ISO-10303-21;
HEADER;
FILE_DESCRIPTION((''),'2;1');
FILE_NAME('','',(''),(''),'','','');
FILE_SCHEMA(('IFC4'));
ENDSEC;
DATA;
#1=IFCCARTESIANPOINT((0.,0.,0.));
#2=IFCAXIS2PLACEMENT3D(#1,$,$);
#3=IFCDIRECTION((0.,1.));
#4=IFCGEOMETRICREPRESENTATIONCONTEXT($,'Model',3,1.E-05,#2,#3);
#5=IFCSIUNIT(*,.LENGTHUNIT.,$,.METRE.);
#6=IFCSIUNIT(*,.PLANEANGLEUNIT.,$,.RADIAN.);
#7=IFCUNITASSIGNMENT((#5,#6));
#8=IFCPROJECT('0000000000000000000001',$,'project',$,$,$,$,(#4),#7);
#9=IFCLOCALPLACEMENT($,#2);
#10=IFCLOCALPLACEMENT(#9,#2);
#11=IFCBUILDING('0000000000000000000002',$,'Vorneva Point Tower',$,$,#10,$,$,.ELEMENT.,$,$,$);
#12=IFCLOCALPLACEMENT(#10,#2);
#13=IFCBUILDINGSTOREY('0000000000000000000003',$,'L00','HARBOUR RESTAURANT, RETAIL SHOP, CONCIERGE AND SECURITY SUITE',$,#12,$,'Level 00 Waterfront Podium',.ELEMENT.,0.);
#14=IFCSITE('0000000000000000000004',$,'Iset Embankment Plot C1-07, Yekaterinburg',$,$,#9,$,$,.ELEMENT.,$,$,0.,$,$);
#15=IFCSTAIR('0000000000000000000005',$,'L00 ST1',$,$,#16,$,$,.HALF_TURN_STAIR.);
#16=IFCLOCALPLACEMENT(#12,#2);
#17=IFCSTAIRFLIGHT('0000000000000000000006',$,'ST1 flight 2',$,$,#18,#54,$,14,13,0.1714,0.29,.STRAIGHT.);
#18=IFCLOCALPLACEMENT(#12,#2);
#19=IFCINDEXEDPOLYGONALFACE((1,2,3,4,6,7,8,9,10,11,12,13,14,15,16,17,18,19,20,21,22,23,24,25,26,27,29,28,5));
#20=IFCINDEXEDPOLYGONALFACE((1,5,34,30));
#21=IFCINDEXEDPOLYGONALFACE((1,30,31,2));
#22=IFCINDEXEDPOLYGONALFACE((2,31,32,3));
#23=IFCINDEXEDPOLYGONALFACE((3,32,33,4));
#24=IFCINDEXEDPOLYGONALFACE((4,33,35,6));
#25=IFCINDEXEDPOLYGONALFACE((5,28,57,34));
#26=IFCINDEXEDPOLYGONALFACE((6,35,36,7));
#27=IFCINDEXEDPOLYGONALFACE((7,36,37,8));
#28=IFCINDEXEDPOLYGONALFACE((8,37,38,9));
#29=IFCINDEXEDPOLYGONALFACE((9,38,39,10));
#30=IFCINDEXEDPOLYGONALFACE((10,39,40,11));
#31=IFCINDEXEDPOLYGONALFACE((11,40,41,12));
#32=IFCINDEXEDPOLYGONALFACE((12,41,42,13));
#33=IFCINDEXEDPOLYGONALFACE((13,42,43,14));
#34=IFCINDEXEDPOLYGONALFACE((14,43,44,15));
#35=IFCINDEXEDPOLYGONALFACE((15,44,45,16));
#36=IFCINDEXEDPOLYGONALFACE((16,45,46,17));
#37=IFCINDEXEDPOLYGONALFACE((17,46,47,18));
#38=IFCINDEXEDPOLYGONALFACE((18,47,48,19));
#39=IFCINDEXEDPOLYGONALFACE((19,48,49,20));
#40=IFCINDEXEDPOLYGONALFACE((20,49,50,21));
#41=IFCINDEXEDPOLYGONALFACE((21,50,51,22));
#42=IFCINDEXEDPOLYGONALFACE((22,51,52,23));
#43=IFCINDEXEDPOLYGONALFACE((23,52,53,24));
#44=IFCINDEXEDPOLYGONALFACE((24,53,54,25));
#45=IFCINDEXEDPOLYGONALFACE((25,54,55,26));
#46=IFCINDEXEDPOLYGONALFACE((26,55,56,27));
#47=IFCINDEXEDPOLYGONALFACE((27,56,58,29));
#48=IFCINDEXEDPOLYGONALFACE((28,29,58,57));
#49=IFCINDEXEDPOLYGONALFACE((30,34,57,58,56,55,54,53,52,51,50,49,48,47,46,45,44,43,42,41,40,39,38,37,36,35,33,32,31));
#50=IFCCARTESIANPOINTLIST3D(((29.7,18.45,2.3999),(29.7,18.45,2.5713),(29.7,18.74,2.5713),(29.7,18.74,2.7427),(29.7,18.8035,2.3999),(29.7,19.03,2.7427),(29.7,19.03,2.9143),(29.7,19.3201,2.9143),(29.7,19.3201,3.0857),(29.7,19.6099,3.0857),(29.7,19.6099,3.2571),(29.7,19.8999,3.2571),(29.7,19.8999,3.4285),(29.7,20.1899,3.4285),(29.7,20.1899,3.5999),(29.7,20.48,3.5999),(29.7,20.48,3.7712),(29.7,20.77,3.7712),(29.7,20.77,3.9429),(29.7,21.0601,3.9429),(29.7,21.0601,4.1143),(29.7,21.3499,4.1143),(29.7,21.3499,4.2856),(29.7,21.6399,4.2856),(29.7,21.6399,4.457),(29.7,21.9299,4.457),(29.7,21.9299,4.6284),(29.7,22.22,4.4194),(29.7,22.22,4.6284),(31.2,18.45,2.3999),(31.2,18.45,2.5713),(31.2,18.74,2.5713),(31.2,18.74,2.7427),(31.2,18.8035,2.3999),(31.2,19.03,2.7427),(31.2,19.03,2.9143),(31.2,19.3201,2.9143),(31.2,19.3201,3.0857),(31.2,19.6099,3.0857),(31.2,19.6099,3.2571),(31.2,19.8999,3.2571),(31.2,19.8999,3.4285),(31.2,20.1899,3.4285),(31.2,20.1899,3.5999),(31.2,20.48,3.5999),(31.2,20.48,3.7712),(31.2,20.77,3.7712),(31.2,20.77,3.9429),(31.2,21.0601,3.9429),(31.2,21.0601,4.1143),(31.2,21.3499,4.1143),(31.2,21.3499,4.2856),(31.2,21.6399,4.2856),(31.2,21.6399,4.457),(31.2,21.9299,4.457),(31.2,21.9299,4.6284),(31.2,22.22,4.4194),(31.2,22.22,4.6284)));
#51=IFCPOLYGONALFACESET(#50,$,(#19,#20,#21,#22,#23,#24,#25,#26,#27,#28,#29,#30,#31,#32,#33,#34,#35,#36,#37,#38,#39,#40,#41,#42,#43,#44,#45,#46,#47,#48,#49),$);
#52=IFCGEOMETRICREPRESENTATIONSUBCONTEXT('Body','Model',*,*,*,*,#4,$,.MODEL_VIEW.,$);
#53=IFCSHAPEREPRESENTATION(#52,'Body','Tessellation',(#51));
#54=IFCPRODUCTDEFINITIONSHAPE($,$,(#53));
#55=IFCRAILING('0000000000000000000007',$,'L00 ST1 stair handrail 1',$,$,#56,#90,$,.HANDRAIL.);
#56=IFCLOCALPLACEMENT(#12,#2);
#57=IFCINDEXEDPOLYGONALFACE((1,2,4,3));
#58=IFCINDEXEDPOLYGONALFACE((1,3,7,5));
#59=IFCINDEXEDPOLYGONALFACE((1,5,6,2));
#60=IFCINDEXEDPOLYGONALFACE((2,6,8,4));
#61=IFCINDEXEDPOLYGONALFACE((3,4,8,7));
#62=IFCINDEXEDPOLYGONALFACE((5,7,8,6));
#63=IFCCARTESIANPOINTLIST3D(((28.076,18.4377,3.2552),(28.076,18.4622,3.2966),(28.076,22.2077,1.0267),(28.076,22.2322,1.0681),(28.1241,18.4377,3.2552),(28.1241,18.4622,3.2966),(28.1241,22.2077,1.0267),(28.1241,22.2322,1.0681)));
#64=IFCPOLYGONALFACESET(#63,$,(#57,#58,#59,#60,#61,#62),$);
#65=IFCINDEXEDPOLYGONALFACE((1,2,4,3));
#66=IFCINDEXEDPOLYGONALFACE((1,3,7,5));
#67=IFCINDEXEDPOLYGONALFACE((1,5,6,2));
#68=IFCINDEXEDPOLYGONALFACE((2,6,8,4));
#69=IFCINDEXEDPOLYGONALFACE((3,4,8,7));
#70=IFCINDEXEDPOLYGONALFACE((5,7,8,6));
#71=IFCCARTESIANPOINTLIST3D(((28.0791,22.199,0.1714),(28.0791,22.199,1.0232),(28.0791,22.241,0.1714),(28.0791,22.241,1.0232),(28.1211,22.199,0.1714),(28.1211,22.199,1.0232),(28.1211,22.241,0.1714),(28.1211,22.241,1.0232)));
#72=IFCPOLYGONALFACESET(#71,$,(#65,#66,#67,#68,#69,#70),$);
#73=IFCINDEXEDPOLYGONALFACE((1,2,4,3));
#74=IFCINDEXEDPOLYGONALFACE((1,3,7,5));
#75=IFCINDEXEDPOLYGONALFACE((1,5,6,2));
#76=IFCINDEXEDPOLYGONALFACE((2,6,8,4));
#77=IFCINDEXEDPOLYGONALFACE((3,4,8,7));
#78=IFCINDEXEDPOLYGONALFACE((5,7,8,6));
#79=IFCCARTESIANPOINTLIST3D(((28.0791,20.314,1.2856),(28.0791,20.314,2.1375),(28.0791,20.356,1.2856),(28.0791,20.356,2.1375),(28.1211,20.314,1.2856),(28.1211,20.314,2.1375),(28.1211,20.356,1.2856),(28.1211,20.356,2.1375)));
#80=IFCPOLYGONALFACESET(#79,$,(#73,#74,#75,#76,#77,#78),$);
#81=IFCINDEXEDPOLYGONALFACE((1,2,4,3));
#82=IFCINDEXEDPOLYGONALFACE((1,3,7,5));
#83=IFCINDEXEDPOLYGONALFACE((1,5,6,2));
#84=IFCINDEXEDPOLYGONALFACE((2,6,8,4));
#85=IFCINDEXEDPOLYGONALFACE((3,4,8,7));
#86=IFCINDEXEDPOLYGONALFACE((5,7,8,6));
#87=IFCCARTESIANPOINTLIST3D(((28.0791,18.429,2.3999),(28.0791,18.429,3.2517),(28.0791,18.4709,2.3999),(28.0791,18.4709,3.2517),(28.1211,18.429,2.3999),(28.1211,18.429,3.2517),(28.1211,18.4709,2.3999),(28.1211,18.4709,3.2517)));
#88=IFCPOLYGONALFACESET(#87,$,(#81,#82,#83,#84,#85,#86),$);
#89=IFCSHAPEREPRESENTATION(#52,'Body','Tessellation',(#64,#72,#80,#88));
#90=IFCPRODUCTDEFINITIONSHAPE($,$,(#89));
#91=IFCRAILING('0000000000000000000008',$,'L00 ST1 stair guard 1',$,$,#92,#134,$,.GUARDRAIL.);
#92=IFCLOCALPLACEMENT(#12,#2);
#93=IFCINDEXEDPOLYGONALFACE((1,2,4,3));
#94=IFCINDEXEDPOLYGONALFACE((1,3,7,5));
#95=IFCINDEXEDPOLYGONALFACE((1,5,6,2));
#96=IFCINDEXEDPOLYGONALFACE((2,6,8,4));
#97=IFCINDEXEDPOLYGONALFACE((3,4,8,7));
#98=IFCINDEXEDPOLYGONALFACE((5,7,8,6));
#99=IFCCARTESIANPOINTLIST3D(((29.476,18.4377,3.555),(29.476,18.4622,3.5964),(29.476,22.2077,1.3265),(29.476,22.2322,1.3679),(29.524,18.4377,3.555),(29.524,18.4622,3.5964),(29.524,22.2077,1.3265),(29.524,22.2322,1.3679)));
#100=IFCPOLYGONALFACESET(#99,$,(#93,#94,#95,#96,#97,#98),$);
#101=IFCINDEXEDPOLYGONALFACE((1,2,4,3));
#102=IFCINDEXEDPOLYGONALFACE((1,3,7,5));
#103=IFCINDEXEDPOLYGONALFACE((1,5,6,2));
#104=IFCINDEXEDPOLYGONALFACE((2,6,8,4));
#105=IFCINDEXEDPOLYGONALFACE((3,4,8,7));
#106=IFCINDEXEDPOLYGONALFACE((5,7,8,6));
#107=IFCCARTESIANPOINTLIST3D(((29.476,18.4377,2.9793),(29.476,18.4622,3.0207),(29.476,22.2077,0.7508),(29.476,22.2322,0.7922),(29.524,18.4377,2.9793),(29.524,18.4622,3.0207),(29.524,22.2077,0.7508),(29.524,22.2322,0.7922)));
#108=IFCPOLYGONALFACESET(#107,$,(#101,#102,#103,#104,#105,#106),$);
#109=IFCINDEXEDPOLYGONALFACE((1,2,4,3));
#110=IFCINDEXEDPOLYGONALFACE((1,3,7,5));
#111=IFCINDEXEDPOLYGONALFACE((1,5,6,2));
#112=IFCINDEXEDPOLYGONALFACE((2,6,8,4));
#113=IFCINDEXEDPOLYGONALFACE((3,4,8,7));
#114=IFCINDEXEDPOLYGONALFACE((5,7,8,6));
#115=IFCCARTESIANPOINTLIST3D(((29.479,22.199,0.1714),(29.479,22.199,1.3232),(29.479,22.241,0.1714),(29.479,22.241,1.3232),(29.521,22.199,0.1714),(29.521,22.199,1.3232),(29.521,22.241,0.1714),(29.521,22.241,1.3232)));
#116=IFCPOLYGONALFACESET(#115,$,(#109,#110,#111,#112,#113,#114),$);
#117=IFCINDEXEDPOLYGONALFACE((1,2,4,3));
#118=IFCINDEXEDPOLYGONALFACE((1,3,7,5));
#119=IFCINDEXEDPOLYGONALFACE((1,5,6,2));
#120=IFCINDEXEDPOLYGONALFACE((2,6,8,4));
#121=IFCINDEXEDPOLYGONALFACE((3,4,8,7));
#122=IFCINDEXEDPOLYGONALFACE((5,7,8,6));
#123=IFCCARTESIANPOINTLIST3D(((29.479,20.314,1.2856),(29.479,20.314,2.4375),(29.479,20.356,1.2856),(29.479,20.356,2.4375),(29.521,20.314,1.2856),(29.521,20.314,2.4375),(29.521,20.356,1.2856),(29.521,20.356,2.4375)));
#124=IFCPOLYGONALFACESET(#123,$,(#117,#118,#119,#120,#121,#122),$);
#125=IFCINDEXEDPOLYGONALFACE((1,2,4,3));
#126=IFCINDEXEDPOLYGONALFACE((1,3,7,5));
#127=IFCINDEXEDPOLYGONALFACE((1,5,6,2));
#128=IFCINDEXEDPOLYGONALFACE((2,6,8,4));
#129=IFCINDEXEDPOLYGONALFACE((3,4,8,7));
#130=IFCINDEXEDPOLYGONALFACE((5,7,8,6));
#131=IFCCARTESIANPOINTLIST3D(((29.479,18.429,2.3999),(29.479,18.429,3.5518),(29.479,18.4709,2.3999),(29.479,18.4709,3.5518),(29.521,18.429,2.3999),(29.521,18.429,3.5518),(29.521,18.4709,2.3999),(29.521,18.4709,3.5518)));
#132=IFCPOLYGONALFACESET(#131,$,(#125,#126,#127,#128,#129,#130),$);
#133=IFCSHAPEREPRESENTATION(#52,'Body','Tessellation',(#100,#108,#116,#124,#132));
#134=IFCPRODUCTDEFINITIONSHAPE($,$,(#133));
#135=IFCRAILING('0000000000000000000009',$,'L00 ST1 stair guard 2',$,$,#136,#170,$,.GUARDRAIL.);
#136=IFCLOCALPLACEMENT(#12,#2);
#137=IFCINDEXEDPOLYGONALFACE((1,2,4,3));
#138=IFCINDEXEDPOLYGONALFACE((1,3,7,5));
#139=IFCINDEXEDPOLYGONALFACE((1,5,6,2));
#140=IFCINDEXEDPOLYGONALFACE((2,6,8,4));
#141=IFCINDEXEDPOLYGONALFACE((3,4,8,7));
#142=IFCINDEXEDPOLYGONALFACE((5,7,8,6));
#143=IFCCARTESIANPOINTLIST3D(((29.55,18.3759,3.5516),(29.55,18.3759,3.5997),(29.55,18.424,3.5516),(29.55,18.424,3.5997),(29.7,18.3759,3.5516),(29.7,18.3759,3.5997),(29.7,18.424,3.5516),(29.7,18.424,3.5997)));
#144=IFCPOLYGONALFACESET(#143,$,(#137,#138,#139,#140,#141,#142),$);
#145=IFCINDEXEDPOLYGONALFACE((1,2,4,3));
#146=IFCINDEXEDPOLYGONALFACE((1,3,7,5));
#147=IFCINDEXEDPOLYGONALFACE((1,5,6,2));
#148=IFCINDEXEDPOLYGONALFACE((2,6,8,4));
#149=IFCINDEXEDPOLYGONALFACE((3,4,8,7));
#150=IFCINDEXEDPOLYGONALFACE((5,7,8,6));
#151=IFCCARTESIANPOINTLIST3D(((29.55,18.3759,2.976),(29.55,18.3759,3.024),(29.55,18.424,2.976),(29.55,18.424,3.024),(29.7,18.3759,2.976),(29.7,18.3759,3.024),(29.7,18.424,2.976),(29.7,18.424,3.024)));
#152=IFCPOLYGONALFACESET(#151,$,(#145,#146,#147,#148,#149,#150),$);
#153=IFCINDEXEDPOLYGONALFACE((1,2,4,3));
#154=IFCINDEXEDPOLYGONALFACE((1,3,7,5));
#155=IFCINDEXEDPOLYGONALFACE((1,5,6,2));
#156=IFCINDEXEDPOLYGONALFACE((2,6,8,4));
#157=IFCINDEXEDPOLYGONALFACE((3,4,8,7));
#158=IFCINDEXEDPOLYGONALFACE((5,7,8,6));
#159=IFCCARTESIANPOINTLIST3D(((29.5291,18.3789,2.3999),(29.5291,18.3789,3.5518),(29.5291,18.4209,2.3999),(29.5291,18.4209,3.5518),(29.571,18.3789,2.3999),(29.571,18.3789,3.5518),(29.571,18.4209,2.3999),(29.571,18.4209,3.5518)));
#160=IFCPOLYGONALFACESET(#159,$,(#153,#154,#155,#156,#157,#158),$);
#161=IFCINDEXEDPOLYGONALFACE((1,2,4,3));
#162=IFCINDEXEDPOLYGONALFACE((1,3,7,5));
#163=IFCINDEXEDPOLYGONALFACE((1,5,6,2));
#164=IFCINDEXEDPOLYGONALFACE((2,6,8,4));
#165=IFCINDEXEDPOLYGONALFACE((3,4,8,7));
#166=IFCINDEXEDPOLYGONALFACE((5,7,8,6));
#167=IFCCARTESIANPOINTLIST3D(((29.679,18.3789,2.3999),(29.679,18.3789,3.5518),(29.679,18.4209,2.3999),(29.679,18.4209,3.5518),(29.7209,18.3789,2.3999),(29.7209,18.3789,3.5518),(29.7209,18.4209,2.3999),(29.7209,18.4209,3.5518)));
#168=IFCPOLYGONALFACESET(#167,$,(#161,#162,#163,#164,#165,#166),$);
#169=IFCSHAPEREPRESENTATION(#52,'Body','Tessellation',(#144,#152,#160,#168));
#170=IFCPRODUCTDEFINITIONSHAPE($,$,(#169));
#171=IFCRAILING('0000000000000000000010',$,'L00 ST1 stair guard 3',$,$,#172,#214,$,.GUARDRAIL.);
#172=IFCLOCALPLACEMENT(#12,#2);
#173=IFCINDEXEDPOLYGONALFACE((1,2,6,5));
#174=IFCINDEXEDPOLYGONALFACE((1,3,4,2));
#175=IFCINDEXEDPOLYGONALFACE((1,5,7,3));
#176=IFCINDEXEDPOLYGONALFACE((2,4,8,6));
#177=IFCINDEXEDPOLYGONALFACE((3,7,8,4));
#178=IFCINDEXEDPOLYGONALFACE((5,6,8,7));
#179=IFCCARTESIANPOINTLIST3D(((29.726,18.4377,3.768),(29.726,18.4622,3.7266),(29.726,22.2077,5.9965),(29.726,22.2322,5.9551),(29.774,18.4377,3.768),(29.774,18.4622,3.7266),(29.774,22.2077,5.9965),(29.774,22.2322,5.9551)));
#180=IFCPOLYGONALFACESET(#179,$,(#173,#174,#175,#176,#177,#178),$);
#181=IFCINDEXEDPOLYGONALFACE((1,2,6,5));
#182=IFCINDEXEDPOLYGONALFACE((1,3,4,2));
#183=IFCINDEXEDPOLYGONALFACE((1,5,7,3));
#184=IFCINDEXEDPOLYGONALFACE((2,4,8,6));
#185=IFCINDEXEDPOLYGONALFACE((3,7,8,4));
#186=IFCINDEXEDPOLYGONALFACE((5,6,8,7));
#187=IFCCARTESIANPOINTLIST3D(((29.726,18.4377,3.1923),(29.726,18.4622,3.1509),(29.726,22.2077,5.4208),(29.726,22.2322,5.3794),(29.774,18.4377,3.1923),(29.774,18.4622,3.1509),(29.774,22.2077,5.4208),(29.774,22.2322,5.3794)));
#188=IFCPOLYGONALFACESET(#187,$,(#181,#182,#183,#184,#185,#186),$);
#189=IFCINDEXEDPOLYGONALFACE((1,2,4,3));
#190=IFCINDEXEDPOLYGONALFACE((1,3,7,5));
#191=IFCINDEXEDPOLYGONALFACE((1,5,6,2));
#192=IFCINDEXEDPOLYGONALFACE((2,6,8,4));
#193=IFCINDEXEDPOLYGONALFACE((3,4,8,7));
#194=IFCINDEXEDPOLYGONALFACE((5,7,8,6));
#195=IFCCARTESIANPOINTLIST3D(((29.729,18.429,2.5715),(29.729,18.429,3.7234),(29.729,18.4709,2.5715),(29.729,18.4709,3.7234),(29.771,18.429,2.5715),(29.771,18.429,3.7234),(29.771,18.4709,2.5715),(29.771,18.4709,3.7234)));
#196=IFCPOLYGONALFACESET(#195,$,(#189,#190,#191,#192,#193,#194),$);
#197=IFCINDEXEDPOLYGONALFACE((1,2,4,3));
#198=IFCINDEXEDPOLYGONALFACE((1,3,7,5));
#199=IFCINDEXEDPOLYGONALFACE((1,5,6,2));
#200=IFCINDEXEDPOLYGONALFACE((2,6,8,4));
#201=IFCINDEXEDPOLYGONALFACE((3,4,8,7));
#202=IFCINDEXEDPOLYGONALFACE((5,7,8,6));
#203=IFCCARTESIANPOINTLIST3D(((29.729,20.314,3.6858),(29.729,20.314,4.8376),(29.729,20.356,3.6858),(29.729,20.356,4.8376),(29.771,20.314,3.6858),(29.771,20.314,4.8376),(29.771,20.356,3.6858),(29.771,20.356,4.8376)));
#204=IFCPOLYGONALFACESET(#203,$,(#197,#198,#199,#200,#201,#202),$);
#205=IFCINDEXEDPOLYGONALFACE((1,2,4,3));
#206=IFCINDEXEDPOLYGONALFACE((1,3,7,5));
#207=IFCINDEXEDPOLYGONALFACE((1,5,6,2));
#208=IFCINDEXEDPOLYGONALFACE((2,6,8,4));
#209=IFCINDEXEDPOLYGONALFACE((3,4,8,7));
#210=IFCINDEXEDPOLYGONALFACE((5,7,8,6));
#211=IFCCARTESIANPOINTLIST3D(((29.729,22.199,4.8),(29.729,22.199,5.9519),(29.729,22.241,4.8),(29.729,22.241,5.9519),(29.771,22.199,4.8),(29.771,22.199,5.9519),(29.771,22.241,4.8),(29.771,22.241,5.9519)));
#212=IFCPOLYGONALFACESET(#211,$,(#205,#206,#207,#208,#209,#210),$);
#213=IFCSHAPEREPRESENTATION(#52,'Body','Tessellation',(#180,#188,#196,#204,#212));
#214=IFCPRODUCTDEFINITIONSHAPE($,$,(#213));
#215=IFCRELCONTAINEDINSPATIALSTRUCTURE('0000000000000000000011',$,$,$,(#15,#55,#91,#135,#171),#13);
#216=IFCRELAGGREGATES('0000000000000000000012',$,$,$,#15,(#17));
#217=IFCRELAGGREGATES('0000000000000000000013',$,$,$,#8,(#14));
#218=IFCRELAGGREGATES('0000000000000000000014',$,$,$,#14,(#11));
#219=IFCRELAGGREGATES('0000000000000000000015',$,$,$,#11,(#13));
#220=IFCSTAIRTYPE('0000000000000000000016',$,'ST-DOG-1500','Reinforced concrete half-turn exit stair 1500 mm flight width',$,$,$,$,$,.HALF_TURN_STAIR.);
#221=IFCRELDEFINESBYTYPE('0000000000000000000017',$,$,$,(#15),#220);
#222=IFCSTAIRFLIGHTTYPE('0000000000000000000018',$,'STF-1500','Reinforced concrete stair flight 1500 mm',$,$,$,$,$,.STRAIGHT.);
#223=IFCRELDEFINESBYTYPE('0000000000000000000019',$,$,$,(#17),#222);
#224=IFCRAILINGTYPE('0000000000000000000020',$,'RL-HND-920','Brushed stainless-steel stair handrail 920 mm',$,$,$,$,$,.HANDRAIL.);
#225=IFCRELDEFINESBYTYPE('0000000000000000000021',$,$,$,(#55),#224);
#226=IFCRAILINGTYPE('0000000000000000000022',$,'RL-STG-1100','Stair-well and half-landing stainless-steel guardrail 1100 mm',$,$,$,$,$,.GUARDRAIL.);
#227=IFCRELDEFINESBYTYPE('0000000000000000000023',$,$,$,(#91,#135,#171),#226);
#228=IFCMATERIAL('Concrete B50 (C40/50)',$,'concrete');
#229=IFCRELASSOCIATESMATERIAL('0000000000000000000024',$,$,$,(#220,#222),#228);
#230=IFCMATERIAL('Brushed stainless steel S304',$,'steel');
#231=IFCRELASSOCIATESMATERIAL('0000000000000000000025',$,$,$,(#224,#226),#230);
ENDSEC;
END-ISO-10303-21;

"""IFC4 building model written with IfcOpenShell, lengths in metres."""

from ifc_helpers import new_model, si_unit, direction, frame, origin, origin_2d, place, context, subcontext, project, spatial, polyline, rectangle, outline, extrude, material, type_object, element, aggregate, save


model = new_model("IFC4")

# Units and contexts
model_context = context("Model", 3, precision=1e-05, world=origin(), true_north=direction((0.0, 1.0)))
body_context = subcontext(model_context, "Body", "Model", "MODEL_VIEW")
ifc_project = project(units=[si_unit("LENGTHUNIT", "METRE"), si_unit("PLANEANGLEUNIT", "RADIAN")], contexts=[model_context])

# Site, building, storey
site_placement = place(None, origin())
site = spatial("IfcSite", under=ifc_project, at=site_placement, Name="Iset Embankment Plot C1-07, Yekaterinburg", CompositionType="ELEMENT", RefElevation=0.0)
building_placement = place(site_placement, origin())
building = spatial("IfcBuilding", under=site, at=building_placement, Name="Vorneva Point Tower", CompositionType="ELEMENT")
storey_placement = place(building_placement, origin())
storey = spatial("IfcBuildingStorey", under=building, at=storey_placement, Name="L00", Description="HARBOUR RESTAURANT, RETAIL SHOP, CONCIERGE AND SECURITY SUITE", LongName="Level 00 Waterfront Podium", CompositionType="ELEMENT", Elevation=0.0)

# Shared definitions
ifc_material_1 = material(Name="Brushed stainless steel S304", Category="steel")

# Shared definitions
ifc_material_2 = material(Name="Concrete B50 (C40/50)", Category="concrete")

# Stair, stair flight
stair_type = type_object("IfcStairType", Name="ST-DOG-1500", Description="Reinforced concrete half-turn exit stair 1500 mm flight width", PredefinedType="HALF_TURN_STAIR", material=ifc_material_2)
stair_placement = place(storey_placement, origin())
stair = element("IfcStair", 1, at=stair_placement, inside=storey, type_object=stair_type, Name="L00 ST1", PredefinedType="HALF_TURN_STAIR")
stair_flight_type = type_object("IfcStairFlightType", Name="STF-1500", Description="Reinforced concrete stair flight 1500 mm", PredefinedType="STRAIGHT", material=ifc_material_2)
stair_flight_1_placement = place(storey_placement, frame((30.45, 18.45, 2.3999), z_axis=(0.0, 0.0, 1.0), x_axis=(0.0, 1.0, 0.0)))
stair_flight_1 = element("IfcStairFlight", 2, at=stair_flight_1_placement, type_object=stair_flight_type, Name="ST1 flight 2", NumberOfRisers=14, NumberOfTreads=13, PredefinedType="STRAIGHT", RiserHeight=0.1714, TreadLength=0.29, context=body_context, shape_type="SweptSolid", body=[
    extrude(outline(polyline([(0.0, 0.0), (0.0, 0.1714), (0.29, 0.1714), (0.29, 0.3428), (0.5801, 0.3428), (0.5801, 0.5144), (0.8701, 0.5144), (0.8701, 0.6858), (1.1599, 0.6858), (1.1599, 0.8572), (1.45, 0.8572), (1.45, 1.0286), (1.74, 1.0286), (1.74, 1.2), (2.03, 1.2), (2.03, 1.3713), (2.3201, 1.3713), (2.3201, 1.543), (2.6101, 1.543), (2.6101, 1.7144), (2.8999, 1.7144), (2.8999, 1.8857), (3.1899, 1.8857), (3.1899, 2.0571), (3.48, 2.0571), (3.48, 2.2285), (3.77, 2.2285), (3.77, 2.3999), (3.77, 2.0195), (0.3535, 0.0), (0.0, 0.0)])), frame((0.0, 0.75, 0.0), z_axis=(0.0, -1.0, 0.0), x_axis=(1.0, 0.0, 0.0)), (0.0, 0.0, 1.0), 1.5),
])
aggregate(stair, [stair_flight_1])

# Railings
railing_type_1 = type_object("IfcRailingType", Name="RL-HND-920", Description="Brushed stainless-steel stair handrail 920 mm", PredefinedType="HANDRAIL", material=ifc_material_1)
railing_1_placement = place(storey_placement, frame((28.1001, 22.22, 0.1714)))
element("IfcRailing", 3, at=railing_1_placement, inside=storey, type_object=railing_type_1, Name="L00 ST1 stair handrail 1", PredefinedType="HANDRAIL", context=body_context, shape_type="SweptSolid", body=[
    extrude(rectangle(XDim=0.0481, YDim=0.0481, at=origin_2d()), frame((0.0, 0.0, 0.876), z_axis=(0.0, -0.860849, 0.508861), x_axis=(1.0, 0.0, 0.0)), (0.0, 0.0, 1.0), 4.3794),
    extrude(rectangle(XDim=0.042, YDim=0.042, at=origin_2d()), origin(), (0.0, 0.0, 1.0), 0.8518),
    extrude(rectangle(XDim=0.042, YDim=0.042, at=origin_2d()), frame((0.0, -1.885, 1.1143)), (0.0, 0.0, 1.0), 0.8518),
    extrude(rectangle(XDim=0.042, YDim=0.042, at=origin_2d()), frame((0.0, -3.77, 2.2285)), (0.0, 0.0, 1.0), 0.8518),
])
railing_type_2 = type_object("IfcRailingType", Name="RL-STG-1100", Description="Stair-well and half-landing stainless-steel guardrail 1100 mm", PredefinedType="GUARDRAIL", material=ifc_material_1)
railing_2_placement = place(storey_placement, frame((29.5, 22.22, 0.1714)))
element("IfcRailing", 4, at=railing_2_placement, inside=storey, type_object=railing_type_2, Name="L00 ST1 stair guard 1", PredefinedType="GUARDRAIL", context=body_context, shape_type="SweptSolid", body=[
    extrude(rectangle(XDim=0.0481, YDim=0.0481, at=origin_2d()), frame((0.0, 0.0, 1.1758), z_axis=(0.0, -0.860849, 0.508861), x_axis=(1.0, 0.0, 0.0)), (0.0, 0.0, 1.0), 4.3794),
    extrude(rectangle(XDim=0.0481, YDim=0.0481, at=origin_2d()), frame((0.0, 0.0, 0.6001), z_axis=(0.0, -0.860849, 0.508861), x_axis=(1.0, 0.0, 0.0)), (0.0, 0.0, 1.0), 4.3794),
    extrude(rectangle(XDim=0.042, YDim=0.042, at=origin_2d()), origin(), (0.0, 0.0, 1.0), 1.1519),
    extrude(rectangle(XDim=0.042, YDim=0.042, at=origin_2d()), frame((0.0, -1.885, 1.1143)), (0.0, 0.0, 1.0), 1.1519),
    extrude(rectangle(XDim=0.042, YDim=0.042, at=origin_2d()), frame((0.0, -3.77, 2.2285)), (0.0, 0.0, 1.0), 1.1519),
])
railing_3_placement = place(storey_placement, frame((29.55, 18.3999, 2.3999)))
element("IfcRailing", 5, at=railing_3_placement, inside=storey, type_object=railing_type_2, Name="L00 ST1 stair guard 2", PredefinedType="GUARDRAIL", context=body_context, shape_type="SweptSolid", body=[
    extrude(rectangle(XDim=0.0481, YDim=0.0481, at=origin_2d()), frame((0.0, 0.0, 1.1758), z_axis=(1.0, 0.0, 0.0), x_axis=(0.0, 1.0, 0.0)), (0.0, 0.0, 1.0), 0.1499),
    extrude(rectangle(XDim=0.0481, YDim=0.0481, at=origin_2d()), frame((0.0, 0.0, 0.6001), z_axis=(1.0, 0.0, 0.0), x_axis=(0.0, 1.0, 0.0)), (0.0, 0.0, 1.0), 0.1499),
    extrude(rectangle(XDim=0.042, YDim=0.042, at=origin_2d()), origin(), (0.0, 0.0, 1.0), 1.1519),
    extrude(rectangle(XDim=0.042, YDim=0.042, at=origin_2d()), frame((0.1499, 0.0, 0.0)), (0.0, 0.0, 1.0), 1.1519),
])
railing_4_placement = place(storey_placement, frame((29.75, 18.45, 2.5715)))
element("IfcRailing", 6, at=railing_4_placement, inside=storey, type_object=railing_type_2, Name="L00 ST1 stair guard 3", PredefinedType="GUARDRAIL", context=body_context, shape_type="SweptSolid", body=[
    extrude(rectangle(XDim=0.0481, YDim=0.0481, at=origin_2d()), frame((0.0, 0.0, 1.1758), z_axis=(0.0, 0.860849, 0.508861), x_axis=(-1.0, 0.0, 0.0)), (0.0, 0.0, 1.0), 4.3794),
    extrude(rectangle(XDim=0.0481, YDim=0.0481, at=origin_2d()), frame((0.0, 0.0, 0.6001), z_axis=(0.0, 0.860849, 0.508861), x_axis=(-1.0, 0.0, 0.0)), (0.0, 0.0, 1.0), 4.3794),
    extrude(rectangle(XDim=0.042, YDim=0.042, at=origin_2d()), origin(), (0.0, 0.0, 1.0), 1.1519),
    extrude(rectangle(XDim=0.042, YDim=0.042, at=origin_2d()), frame((0.0, 1.885, 1.1143)), (0.0, 0.0, 1.0), 1.1519),
    extrude(rectangle(XDim=0.042, YDim=0.042, at=origin_2d()), frame((0.0, 3.77, 2.2285)), (0.0, 0.0, 1.0), 1.1519),
])

save(model, "model.ifc")
